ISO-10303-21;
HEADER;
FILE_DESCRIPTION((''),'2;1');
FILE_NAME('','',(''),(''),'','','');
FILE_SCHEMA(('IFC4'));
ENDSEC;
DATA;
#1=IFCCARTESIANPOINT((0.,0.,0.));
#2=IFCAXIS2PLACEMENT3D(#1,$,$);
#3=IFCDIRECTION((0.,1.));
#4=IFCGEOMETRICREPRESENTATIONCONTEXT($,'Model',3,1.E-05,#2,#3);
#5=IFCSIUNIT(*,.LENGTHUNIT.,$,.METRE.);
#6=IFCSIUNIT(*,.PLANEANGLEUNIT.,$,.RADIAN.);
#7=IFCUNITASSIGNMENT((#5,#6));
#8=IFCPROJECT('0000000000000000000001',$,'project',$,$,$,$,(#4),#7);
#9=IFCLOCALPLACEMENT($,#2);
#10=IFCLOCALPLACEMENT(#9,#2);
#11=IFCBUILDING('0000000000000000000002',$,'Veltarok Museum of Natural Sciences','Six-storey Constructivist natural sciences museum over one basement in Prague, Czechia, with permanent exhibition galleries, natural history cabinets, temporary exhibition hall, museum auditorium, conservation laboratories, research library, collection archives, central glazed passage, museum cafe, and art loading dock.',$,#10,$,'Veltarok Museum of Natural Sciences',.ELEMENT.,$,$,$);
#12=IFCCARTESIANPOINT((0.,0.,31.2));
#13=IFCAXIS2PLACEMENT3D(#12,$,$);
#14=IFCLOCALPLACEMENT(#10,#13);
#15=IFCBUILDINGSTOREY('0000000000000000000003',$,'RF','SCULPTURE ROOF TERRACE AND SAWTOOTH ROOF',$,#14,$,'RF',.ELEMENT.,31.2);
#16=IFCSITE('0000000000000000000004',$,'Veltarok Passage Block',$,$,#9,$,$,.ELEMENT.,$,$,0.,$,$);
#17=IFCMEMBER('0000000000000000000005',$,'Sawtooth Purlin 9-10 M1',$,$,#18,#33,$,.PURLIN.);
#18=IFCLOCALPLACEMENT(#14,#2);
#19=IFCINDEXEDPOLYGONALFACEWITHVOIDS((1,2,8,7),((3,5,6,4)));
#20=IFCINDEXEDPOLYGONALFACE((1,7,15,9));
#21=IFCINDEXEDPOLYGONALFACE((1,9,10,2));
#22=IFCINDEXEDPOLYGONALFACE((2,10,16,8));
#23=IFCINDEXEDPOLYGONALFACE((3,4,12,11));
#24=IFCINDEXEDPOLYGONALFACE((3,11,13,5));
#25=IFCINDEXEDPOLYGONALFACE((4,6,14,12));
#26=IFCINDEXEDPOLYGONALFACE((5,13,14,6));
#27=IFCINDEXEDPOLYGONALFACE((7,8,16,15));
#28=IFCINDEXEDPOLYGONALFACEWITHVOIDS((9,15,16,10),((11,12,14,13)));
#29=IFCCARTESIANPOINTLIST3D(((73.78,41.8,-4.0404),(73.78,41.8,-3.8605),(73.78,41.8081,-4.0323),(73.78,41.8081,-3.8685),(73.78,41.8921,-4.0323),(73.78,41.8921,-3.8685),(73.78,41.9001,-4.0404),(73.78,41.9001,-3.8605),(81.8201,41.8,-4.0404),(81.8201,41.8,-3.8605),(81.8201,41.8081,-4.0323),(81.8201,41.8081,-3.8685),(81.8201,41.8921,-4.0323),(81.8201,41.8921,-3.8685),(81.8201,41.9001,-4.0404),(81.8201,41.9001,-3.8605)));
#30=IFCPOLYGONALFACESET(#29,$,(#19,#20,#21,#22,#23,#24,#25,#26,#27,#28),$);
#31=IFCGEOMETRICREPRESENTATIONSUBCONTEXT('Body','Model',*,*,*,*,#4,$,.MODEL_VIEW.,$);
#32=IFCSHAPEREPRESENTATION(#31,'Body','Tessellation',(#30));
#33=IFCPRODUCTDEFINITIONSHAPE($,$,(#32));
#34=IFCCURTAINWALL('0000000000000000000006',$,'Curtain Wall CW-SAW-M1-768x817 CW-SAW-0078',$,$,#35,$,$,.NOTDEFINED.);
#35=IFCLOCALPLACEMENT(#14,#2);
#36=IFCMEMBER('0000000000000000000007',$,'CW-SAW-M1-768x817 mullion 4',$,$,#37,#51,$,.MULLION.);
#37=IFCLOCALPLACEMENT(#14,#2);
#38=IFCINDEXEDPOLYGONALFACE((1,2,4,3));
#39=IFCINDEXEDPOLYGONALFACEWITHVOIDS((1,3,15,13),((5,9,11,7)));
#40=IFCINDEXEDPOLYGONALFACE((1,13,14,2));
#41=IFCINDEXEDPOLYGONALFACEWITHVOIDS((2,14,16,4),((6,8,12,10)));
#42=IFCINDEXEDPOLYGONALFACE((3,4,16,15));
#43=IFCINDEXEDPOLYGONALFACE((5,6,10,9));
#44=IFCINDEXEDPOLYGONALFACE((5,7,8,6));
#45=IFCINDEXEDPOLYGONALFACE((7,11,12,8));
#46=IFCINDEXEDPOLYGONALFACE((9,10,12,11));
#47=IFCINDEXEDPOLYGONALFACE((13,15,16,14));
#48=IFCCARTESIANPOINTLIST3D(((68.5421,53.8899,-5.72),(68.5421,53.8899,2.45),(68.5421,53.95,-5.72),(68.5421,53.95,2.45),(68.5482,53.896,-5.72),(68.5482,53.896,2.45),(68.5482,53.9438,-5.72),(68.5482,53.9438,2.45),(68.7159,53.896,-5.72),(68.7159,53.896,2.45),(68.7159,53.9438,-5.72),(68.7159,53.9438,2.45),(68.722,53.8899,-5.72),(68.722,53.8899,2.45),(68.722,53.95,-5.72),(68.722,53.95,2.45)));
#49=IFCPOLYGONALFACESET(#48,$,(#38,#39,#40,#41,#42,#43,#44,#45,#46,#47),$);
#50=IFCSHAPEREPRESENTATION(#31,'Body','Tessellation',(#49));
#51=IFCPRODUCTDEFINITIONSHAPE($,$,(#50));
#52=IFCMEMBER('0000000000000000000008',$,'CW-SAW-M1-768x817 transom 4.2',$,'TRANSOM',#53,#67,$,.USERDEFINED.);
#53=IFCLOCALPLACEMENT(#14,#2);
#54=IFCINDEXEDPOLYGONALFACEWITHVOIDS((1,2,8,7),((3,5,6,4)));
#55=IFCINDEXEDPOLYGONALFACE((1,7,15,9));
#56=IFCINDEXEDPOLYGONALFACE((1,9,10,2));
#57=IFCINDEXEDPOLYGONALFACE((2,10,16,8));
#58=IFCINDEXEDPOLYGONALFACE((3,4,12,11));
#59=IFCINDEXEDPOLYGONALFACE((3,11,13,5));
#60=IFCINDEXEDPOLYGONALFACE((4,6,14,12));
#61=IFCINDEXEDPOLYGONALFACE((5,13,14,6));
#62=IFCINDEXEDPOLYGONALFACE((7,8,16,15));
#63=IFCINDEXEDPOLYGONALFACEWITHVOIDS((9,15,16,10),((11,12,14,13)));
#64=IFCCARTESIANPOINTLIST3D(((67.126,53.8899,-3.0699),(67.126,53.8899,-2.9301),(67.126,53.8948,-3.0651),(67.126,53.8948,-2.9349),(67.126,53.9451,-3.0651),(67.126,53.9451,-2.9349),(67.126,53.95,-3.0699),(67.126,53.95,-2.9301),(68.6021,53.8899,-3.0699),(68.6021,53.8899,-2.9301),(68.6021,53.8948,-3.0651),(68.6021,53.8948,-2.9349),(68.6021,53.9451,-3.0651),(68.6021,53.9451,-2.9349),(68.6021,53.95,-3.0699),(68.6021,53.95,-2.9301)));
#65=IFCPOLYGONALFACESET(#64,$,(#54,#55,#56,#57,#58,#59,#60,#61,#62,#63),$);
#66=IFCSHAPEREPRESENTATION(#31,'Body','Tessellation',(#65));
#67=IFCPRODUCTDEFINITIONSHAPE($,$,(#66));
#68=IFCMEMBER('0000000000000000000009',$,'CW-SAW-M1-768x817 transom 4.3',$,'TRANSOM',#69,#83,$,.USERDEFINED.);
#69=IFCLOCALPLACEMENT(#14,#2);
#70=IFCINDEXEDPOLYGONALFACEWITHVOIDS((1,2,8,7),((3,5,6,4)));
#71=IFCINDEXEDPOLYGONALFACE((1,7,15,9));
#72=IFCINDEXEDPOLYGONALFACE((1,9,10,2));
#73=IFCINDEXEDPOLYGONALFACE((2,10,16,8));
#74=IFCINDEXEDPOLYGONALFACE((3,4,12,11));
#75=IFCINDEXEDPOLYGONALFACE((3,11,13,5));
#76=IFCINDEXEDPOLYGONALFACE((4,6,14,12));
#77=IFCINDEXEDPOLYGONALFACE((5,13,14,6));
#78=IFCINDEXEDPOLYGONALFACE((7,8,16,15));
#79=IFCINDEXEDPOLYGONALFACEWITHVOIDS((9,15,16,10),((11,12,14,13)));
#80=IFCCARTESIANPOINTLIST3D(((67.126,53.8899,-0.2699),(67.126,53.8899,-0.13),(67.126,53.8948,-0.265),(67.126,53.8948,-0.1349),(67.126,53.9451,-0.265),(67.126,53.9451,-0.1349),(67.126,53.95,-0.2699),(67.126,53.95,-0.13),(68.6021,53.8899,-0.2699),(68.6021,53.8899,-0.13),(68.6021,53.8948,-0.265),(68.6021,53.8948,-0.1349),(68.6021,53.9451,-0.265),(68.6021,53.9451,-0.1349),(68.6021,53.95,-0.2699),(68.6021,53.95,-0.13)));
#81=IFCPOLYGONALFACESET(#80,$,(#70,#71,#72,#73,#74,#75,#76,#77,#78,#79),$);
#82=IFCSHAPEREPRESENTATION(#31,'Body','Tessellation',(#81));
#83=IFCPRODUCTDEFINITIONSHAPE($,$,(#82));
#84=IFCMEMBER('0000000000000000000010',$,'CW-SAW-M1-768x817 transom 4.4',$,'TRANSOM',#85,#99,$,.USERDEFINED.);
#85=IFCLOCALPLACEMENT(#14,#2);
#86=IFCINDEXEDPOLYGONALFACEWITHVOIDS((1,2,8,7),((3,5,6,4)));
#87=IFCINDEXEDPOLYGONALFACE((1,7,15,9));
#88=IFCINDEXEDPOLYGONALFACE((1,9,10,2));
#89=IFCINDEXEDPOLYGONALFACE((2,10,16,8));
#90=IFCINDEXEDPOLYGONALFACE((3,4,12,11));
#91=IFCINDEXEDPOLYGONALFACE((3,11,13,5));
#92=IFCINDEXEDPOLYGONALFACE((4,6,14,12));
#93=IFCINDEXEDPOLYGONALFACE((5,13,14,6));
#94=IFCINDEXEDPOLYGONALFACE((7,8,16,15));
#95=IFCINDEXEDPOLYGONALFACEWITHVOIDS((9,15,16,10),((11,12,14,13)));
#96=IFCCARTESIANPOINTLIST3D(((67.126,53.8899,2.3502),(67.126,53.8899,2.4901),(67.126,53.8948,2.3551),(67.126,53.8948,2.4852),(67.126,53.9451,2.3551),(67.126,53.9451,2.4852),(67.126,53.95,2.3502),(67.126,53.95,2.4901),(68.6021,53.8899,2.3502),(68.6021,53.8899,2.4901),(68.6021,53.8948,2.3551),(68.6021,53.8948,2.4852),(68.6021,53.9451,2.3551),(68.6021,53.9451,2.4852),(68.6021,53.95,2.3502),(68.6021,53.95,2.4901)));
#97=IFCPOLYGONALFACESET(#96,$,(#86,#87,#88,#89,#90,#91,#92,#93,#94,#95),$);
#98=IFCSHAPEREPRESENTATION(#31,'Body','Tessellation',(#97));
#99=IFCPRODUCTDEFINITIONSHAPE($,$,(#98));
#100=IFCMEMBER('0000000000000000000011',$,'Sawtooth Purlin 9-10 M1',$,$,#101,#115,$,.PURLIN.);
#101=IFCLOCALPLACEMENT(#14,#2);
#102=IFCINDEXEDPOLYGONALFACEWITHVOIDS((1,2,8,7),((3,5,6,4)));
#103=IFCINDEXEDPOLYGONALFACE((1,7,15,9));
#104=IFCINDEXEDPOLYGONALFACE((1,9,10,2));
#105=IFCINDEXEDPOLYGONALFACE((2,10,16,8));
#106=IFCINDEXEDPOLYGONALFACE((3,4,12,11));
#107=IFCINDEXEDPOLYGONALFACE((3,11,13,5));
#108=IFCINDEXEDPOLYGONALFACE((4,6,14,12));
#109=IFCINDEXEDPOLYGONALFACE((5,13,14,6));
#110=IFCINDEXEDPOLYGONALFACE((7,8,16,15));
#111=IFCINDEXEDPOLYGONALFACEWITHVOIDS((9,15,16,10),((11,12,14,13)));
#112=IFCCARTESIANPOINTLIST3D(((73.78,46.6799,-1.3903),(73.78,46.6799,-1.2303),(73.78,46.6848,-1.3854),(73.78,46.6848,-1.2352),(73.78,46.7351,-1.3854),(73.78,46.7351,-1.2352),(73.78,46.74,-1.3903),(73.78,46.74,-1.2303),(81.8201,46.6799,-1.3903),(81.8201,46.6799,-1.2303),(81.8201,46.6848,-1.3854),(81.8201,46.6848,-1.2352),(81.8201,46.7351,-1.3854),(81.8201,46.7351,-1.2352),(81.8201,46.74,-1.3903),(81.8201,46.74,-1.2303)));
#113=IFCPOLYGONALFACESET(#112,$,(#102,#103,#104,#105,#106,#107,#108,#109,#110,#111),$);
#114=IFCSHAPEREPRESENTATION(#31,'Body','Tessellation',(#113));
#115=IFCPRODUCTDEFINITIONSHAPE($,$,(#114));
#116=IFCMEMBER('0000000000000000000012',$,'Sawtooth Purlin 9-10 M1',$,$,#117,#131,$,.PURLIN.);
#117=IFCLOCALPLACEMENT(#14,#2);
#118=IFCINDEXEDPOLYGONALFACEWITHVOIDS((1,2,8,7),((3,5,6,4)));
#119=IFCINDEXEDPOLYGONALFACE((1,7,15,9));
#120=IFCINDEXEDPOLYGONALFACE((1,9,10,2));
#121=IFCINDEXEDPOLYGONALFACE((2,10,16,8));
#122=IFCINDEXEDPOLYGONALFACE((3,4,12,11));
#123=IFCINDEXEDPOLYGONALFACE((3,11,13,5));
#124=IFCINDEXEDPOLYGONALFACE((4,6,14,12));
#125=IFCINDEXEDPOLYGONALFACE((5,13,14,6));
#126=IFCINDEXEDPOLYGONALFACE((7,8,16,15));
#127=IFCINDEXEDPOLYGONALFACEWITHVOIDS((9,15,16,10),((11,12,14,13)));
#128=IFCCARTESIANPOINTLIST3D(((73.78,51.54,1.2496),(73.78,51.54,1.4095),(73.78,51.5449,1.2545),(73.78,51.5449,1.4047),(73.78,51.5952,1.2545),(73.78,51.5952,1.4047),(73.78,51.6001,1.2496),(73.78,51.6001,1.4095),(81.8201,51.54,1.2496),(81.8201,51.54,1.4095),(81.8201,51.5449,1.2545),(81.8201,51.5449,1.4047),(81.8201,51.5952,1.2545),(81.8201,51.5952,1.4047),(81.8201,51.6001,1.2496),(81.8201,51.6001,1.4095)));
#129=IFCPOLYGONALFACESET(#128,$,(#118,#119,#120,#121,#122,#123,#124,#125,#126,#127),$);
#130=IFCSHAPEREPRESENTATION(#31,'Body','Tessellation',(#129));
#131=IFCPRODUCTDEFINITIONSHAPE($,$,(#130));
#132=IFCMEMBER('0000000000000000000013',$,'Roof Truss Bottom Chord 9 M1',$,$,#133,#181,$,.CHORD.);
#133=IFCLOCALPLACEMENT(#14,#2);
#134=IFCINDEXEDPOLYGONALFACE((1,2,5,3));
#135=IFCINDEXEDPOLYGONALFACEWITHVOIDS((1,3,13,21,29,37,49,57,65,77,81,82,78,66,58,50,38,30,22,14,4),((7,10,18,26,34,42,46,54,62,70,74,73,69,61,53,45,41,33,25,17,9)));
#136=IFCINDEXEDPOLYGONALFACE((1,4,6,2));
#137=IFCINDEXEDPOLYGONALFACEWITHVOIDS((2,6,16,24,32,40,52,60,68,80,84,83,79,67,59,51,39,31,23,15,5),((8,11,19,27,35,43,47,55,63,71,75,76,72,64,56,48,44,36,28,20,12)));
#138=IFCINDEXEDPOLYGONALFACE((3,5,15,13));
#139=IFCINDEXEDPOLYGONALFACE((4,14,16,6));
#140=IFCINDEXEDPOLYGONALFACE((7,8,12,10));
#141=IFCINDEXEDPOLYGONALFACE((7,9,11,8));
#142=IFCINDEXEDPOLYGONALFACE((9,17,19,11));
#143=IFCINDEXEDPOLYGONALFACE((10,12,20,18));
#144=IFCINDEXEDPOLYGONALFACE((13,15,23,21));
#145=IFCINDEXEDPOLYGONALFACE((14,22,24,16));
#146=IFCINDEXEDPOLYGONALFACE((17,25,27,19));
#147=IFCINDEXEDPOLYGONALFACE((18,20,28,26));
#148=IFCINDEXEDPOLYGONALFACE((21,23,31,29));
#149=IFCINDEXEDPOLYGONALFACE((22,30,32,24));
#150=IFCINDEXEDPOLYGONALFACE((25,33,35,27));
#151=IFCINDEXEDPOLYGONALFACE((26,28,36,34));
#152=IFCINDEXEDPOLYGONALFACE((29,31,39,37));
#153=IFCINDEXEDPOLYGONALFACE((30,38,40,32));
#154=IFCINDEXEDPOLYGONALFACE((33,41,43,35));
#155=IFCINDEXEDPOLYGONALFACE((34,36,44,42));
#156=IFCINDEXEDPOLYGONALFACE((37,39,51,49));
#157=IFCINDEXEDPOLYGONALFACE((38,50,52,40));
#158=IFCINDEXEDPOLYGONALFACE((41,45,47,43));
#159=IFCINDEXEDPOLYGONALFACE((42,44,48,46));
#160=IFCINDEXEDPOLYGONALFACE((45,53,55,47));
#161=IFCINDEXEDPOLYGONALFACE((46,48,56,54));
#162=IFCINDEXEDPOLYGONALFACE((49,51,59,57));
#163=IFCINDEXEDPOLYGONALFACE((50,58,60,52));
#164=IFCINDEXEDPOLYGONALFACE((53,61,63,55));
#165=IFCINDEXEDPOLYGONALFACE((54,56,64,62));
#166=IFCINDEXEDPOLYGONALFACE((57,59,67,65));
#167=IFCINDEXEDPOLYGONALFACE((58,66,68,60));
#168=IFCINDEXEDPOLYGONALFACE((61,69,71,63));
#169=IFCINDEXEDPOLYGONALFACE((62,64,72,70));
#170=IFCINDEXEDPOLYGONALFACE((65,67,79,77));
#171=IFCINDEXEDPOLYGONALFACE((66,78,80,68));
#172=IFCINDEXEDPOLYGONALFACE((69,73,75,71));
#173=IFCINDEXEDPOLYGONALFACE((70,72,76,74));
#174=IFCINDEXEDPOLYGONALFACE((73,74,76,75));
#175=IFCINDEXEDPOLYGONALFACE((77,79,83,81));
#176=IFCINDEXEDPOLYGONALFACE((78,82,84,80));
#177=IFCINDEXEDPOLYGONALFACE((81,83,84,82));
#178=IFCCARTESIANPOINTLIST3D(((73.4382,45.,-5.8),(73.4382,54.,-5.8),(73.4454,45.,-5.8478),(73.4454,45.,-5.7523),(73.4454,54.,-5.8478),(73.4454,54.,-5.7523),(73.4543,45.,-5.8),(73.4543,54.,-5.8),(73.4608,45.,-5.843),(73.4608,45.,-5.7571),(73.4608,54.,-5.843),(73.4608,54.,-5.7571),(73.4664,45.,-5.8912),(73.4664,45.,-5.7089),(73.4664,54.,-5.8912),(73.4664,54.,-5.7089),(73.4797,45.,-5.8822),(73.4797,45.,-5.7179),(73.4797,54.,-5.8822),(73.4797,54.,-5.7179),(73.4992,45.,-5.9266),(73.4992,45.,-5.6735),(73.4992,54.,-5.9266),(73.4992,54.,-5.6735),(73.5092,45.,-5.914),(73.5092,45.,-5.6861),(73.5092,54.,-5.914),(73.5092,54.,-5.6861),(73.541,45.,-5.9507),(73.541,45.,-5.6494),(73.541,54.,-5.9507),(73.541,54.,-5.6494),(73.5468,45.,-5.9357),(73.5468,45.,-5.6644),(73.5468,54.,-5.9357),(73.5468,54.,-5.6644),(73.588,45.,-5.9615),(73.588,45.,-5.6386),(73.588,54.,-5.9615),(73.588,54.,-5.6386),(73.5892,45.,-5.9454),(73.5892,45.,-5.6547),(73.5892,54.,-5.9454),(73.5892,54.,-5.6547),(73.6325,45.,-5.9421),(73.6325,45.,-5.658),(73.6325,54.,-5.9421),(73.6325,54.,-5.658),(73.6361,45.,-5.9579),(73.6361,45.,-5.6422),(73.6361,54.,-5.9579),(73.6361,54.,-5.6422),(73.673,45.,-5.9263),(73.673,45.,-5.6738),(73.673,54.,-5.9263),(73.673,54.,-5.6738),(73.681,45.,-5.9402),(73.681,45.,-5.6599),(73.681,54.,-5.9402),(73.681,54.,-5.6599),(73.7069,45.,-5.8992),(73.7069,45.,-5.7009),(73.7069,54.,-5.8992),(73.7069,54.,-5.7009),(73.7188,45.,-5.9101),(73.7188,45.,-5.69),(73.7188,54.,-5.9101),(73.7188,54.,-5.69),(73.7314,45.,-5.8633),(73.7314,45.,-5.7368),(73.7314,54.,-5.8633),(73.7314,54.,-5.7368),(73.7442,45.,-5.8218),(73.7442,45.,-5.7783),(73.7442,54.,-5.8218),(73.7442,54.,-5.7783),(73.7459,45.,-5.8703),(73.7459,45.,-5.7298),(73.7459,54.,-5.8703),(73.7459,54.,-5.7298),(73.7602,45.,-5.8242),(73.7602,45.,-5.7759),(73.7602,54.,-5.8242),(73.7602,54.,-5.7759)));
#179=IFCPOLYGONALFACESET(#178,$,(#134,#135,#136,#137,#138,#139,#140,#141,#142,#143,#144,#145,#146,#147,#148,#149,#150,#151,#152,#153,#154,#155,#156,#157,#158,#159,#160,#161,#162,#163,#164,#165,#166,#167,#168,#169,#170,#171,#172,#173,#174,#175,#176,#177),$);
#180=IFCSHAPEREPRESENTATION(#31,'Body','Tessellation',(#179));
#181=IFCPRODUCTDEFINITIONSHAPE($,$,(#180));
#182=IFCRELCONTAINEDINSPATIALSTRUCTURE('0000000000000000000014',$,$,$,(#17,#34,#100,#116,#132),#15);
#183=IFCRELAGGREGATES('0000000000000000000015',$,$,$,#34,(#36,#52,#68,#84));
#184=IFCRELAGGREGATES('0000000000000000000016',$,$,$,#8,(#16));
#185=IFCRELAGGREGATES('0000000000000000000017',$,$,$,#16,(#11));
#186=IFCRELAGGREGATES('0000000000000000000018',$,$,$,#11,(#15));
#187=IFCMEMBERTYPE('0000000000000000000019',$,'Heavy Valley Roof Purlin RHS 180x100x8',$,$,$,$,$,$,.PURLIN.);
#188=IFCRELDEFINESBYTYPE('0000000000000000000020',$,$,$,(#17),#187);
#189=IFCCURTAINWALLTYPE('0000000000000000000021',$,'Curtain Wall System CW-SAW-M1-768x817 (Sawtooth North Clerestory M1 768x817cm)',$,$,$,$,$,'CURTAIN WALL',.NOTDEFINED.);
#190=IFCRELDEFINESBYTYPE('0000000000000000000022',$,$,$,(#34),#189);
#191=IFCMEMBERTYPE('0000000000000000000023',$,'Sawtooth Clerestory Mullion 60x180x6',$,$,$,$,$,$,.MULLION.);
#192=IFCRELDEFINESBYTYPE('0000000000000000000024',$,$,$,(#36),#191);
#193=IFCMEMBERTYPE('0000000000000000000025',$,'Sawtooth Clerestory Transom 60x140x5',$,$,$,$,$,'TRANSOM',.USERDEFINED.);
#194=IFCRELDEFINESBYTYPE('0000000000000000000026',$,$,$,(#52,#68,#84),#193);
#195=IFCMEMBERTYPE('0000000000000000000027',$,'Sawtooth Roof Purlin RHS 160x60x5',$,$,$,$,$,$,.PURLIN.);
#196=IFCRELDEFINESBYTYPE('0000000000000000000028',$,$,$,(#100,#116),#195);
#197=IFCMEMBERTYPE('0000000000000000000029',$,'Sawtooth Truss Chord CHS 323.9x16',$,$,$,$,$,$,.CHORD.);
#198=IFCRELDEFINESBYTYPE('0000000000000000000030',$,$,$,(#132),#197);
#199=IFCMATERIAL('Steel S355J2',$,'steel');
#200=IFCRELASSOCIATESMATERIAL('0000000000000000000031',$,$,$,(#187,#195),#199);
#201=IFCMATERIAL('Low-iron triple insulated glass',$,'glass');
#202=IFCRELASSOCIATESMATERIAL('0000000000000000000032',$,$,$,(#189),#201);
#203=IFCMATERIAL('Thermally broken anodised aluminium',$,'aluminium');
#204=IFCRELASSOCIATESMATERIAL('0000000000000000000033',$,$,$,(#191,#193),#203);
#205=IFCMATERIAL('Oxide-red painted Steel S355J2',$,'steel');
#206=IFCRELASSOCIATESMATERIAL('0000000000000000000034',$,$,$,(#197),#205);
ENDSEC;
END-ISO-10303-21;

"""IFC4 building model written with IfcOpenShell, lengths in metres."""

from ifc_helpers import new_model, si_unit, direction, frame, origin, origin_2d, place, context, subcontext, project, spatial, hollow_rectangle, hollow_circle, extrude, material, material_profile, profile_set, type_object, element, aggregate, save


model = new_model("IFC4")

# Units and contexts
model_context = context("Model", 3, precision=1e-05, world=origin(), true_north=direction((0.0, 1.0)))
body_context = subcontext(model_context, "Body", "Model", "MODEL_VIEW")
ifc_project = project(units=[si_unit("LENGTHUNIT", "METRE"), si_unit("PLANEANGLEUNIT", "RADIAN")], contexts=[model_context])

# Site, building, storey
site_placement = place(None, origin())
site = spatial("IfcSite", under=ifc_project, at=site_placement, Name="Veltarok Passage Block", CompositionType="ELEMENT", RefElevation=0.0)
building_placement = place(site_placement, origin())
building = spatial("IfcBuilding", under=site, at=building_placement, Name="Veltarok Museum of Natural Sciences", Description="Six-storey Constructivist natural sciences museum over one basement in Prague, Czechia, with permanent exhibition galleries, natural history cabinets, temporary exhibition hall, museum auditorium, conservation laboratories, research library, collection archives, central glazed passage, museum cafe, and art loading dock.", LongName="Veltarok Museum of Natural Sciences", CompositionType="ELEMENT")
storey_placement = place(building_placement, frame((0.0, 0.0, 31.2)))
storey = spatial("IfcBuildingStorey", under=building, at=storey_placement, Name="RF", Description="SCULPTURE ROOF TERRACE AND SAWTOOTH ROOF", LongName="RF", CompositionType="ELEMENT", Elevation=31.2)

# Member
ifc_material_1 = material(Name="Steel S355J2", Category="steel")
ifc_material_profile_1 = material_profile(ifc_material_1, hollow_rectangle(XDim=0.1001, YDim=0.1799, WallThickness=0.0081, at=origin_2d()), Name="RHS 180x100x8")
ifc_profile_set_1 = profile_set([ifc_material_profile_1], Name="Steel S355J2")
member_type_1 = type_object("IfcMemberType", Name="Heavy Valley Roof Purlin RHS 180x100x8", PredefinedType="PURLIN", material=ifc_profile_set_1)
member_1_placement = place(storey_placement, frame((73.78, 41.8501, -3.9504), z_axis=(1.0, 0.0, 0.0), x_axis=(0.0, 1.0, 0.0)))
element("IfcMember", 1, at=member_1_placement, inside=storey, type_object=member_type_1, Name="Sawtooth Purlin 9-10 M1", PredefinedType="PURLIN", context=body_context, shape_type="SweptSolid", body=[
    extrude(hollow_rectangle(XDim=0.1001, YDim=0.1799, WallThickness=0.0081, at=origin_2d()), origin(), (0.0, 0.0, 1.0), 8.04),
])

# Curtain wall, members
ifc_material_2 = material(Name="Low-iron triple insulated glass", Category="glass")
curtain_wall_type = type_object("IfcCurtainWallType", Name="Curtain Wall System CW-SAW-M1-768x817 (Sawtooth North Clerestory M1 768x817cm)", ElementType="CURTAIN WALL", PredefinedType="NOTDEFINED", material=ifc_material_2)
curtain_wall_placement = place(storey_placement, origin())
curtain_wall = element("IfcCurtainWall", 2, at=curtain_wall_placement, inside=storey, type_object=curtain_wall_type, Name="Curtain Wall CW-SAW-M1-768x817 CW-SAW-0078", PredefinedType="NOTDEFINED")
ifc_material_3 = material(Name="Thermally broken anodised aluminium", Category="aluminium")
ifc_material_profile_2 = material_profile(ifc_material_3, hollow_rectangle(XDim=0.0601, YDim=0.1799, WallThickness=0.0061, at=origin_2d()), Name="CW MULLION 60x180x6")
ifc_profile_set_2 = profile_set([ifc_material_profile_2], Name="Thermally broken anodised aluminium")
member_type_2 = type_object("IfcMemberType", Name="Sawtooth Clerestory Mullion 60x180x6", PredefinedType="MULLION", material=ifc_profile_set_2)
member_2_placement = place(storey_placement, frame((68.6321, 53.9199, -5.72), z_axis=(0.0, 0.0, 1.0), x_axis=(0.0, -1.0, 0.0)))
member_2 = element("IfcMember", 3, at=member_2_placement, type_object=member_type_2, Name="CW-SAW-M1-768x817 mullion 4", PredefinedType="MULLION", context=body_context, shape_type="SweptSolid", body=[
    extrude(hollow_rectangle(XDim=0.0601, YDim=0.1799, WallThickness=0.0061, at=origin_2d()), origin(), (0.0, 0.0, 1.0), 8.1699),
])
ifc_material_profile_3 = material_profile(ifc_material_3, hollow_rectangle(XDim=0.0601, YDim=0.1399, WallThickness=0.0049, at=origin_2d()), Name="CW TRANSOM 60x140x5")
ifc_profile_set_3 = profile_set([ifc_material_profile_3], Name="Thermally broken anodised aluminium")
member_type_3 = type_object("IfcMemberType", Name="Sawtooth Clerestory Transom 60x140x5", ElementType="TRANSOM", PredefinedType="USERDEFINED", material=ifc_profile_set_3)
member_3_placement = place(storey_placement, frame((68.6021, 53.9199, -3.0), z_axis=(-1.0, 0.0, 0.0), x_axis=(0.0, -1.0, 0.0)))
member_3 = element("IfcMember", 4, at=member_3_placement, type_object=member_type_3, Name="CW-SAW-M1-768x817 transom 4.2", ObjectType="TRANSOM", PredefinedType="USERDEFINED", context=body_context, shape_type="SweptSolid", body=[
    extrude(hollow_rectangle(XDim=0.0601, YDim=0.1399, WallThickness=0.0049, at=origin_2d()), origin(), (0.0, 0.0, 1.0), 1.4761),
])
member_4_placement = place(storey_placement, frame((68.6021, 53.9199, -0.2), z_axis=(-1.0, 0.0, 0.0), x_axis=(0.0, -1.0, 0.0)))
member_4 = element("IfcMember", 5, at=member_4_placement, type_object=member_type_3, Name="CW-SAW-M1-768x817 transom 4.3", ObjectType="TRANSOM", PredefinedType="USERDEFINED", context=body_context, shape_type="SweptSolid", body=[
    extrude(hollow_rectangle(XDim=0.0601, YDim=0.1399, WallThickness=0.0049, at=origin_2d()), origin(), (0.0, 0.0, 1.0), 1.4761),
])
member_5_placement = place(storey_placement, frame((68.6021, 53.9199, 2.4202), z_axis=(-1.0, 0.0, 0.0), x_axis=(0.0, -1.0, 0.0)))
member_5 = element("IfcMember", 6, at=member_5_placement, type_object=member_type_3, Name="CW-SAW-M1-768x817 transom 4.4", ObjectType="TRANSOM", PredefinedType="USERDEFINED", context=body_context, shape_type="SweptSolid", body=[
    extrude(hollow_rectangle(XDim=0.0601, YDim=0.1399, WallThickness=0.0049, at=origin_2d()), origin(), (0.0, 0.0, 1.0), 1.4761),
])

# Members
ifc_material_profile_4 = material_profile(ifc_material_1, hollow_rectangle(XDim=0.0601, YDim=0.1599, WallThickness=0.0049, at=origin_2d()), Name="RHS 160x60x5")
ifc_profile_set_4 = profile_set([ifc_material_profile_4], Name="Steel S355J2")
member_type_4 = type_object("IfcMemberType", Name="Sawtooth Roof Purlin RHS 160x60x5", PredefinedType="PURLIN", material=ifc_profile_set_4)
for number, where, z_axis, x_axis, name in (
    (7, (73.78, 46.71, -1.3103), (1.0, 0.0, 0.0), (0.0, 1.0, 0.0), "Sawtooth Purlin 9-10 M1"),
    (8, (73.78, 51.5701, 1.3296), (1.0, 0.0, 0.0), (0.0, 1.0, 0.0), "Sawtooth Purlin 9-10 M1"),
):
    element("IfcMember", number, at=place(storey_placement, frame(where, z_axis=z_axis, x_axis=x_axis)), inside=storey, type_object=member_type_4, Name=name, PredefinedType="PURLIN", context=body_context, shape_type="SweptSolid", body=[
        extrude(hollow_rectangle(XDim=0.0601, YDim=0.1599, WallThickness=0.0049, at=origin_2d()), origin(), (0.0, 0.0, 1.0), 8.04),
    ])
ifc_material_4 = material(Name="Oxide-red painted Steel S355J2", Category="steel")
ifc_material_profile_5 = material_profile(ifc_material_4, hollow_circle(Radius=0.1619, WallThickness=0.0161, at=origin_2d()), Name="CHS 323.9x16")
ifc_profile_set_5 = profile_set([ifc_material_profile_5], Name="Oxide-red painted Steel S355J2")
member_type_5 = type_object("IfcMemberType", Name="Sawtooth Truss Chord CHS 323.9x16", PredefinedType="CHORD", material=ifc_profile_set_5)
member_6_placement = place(storey_placement, frame((73.6001, 45.0, -5.8), z_axis=(0.0, 1.0, 0.0), x_axis=(-1.0, 0.0, 0.0)))
element("IfcMember", 9, at=member_6_placement, inside=storey, type_object=member_type_5, Name="Roof Truss Bottom Chord 9 M1", PredefinedType="CHORD", context=body_context, shape_type="SweptSolid", body=[
    extrude(hollow_circle(Radius=0.1619, WallThickness=0.0161, at=origin_2d()), origin(), (0.0, 0.0, 1.0), 9.0),
])

aggregate(curtain_wall, [member_2, member_3, member_4, member_5])

save(model, "model.ifc")
